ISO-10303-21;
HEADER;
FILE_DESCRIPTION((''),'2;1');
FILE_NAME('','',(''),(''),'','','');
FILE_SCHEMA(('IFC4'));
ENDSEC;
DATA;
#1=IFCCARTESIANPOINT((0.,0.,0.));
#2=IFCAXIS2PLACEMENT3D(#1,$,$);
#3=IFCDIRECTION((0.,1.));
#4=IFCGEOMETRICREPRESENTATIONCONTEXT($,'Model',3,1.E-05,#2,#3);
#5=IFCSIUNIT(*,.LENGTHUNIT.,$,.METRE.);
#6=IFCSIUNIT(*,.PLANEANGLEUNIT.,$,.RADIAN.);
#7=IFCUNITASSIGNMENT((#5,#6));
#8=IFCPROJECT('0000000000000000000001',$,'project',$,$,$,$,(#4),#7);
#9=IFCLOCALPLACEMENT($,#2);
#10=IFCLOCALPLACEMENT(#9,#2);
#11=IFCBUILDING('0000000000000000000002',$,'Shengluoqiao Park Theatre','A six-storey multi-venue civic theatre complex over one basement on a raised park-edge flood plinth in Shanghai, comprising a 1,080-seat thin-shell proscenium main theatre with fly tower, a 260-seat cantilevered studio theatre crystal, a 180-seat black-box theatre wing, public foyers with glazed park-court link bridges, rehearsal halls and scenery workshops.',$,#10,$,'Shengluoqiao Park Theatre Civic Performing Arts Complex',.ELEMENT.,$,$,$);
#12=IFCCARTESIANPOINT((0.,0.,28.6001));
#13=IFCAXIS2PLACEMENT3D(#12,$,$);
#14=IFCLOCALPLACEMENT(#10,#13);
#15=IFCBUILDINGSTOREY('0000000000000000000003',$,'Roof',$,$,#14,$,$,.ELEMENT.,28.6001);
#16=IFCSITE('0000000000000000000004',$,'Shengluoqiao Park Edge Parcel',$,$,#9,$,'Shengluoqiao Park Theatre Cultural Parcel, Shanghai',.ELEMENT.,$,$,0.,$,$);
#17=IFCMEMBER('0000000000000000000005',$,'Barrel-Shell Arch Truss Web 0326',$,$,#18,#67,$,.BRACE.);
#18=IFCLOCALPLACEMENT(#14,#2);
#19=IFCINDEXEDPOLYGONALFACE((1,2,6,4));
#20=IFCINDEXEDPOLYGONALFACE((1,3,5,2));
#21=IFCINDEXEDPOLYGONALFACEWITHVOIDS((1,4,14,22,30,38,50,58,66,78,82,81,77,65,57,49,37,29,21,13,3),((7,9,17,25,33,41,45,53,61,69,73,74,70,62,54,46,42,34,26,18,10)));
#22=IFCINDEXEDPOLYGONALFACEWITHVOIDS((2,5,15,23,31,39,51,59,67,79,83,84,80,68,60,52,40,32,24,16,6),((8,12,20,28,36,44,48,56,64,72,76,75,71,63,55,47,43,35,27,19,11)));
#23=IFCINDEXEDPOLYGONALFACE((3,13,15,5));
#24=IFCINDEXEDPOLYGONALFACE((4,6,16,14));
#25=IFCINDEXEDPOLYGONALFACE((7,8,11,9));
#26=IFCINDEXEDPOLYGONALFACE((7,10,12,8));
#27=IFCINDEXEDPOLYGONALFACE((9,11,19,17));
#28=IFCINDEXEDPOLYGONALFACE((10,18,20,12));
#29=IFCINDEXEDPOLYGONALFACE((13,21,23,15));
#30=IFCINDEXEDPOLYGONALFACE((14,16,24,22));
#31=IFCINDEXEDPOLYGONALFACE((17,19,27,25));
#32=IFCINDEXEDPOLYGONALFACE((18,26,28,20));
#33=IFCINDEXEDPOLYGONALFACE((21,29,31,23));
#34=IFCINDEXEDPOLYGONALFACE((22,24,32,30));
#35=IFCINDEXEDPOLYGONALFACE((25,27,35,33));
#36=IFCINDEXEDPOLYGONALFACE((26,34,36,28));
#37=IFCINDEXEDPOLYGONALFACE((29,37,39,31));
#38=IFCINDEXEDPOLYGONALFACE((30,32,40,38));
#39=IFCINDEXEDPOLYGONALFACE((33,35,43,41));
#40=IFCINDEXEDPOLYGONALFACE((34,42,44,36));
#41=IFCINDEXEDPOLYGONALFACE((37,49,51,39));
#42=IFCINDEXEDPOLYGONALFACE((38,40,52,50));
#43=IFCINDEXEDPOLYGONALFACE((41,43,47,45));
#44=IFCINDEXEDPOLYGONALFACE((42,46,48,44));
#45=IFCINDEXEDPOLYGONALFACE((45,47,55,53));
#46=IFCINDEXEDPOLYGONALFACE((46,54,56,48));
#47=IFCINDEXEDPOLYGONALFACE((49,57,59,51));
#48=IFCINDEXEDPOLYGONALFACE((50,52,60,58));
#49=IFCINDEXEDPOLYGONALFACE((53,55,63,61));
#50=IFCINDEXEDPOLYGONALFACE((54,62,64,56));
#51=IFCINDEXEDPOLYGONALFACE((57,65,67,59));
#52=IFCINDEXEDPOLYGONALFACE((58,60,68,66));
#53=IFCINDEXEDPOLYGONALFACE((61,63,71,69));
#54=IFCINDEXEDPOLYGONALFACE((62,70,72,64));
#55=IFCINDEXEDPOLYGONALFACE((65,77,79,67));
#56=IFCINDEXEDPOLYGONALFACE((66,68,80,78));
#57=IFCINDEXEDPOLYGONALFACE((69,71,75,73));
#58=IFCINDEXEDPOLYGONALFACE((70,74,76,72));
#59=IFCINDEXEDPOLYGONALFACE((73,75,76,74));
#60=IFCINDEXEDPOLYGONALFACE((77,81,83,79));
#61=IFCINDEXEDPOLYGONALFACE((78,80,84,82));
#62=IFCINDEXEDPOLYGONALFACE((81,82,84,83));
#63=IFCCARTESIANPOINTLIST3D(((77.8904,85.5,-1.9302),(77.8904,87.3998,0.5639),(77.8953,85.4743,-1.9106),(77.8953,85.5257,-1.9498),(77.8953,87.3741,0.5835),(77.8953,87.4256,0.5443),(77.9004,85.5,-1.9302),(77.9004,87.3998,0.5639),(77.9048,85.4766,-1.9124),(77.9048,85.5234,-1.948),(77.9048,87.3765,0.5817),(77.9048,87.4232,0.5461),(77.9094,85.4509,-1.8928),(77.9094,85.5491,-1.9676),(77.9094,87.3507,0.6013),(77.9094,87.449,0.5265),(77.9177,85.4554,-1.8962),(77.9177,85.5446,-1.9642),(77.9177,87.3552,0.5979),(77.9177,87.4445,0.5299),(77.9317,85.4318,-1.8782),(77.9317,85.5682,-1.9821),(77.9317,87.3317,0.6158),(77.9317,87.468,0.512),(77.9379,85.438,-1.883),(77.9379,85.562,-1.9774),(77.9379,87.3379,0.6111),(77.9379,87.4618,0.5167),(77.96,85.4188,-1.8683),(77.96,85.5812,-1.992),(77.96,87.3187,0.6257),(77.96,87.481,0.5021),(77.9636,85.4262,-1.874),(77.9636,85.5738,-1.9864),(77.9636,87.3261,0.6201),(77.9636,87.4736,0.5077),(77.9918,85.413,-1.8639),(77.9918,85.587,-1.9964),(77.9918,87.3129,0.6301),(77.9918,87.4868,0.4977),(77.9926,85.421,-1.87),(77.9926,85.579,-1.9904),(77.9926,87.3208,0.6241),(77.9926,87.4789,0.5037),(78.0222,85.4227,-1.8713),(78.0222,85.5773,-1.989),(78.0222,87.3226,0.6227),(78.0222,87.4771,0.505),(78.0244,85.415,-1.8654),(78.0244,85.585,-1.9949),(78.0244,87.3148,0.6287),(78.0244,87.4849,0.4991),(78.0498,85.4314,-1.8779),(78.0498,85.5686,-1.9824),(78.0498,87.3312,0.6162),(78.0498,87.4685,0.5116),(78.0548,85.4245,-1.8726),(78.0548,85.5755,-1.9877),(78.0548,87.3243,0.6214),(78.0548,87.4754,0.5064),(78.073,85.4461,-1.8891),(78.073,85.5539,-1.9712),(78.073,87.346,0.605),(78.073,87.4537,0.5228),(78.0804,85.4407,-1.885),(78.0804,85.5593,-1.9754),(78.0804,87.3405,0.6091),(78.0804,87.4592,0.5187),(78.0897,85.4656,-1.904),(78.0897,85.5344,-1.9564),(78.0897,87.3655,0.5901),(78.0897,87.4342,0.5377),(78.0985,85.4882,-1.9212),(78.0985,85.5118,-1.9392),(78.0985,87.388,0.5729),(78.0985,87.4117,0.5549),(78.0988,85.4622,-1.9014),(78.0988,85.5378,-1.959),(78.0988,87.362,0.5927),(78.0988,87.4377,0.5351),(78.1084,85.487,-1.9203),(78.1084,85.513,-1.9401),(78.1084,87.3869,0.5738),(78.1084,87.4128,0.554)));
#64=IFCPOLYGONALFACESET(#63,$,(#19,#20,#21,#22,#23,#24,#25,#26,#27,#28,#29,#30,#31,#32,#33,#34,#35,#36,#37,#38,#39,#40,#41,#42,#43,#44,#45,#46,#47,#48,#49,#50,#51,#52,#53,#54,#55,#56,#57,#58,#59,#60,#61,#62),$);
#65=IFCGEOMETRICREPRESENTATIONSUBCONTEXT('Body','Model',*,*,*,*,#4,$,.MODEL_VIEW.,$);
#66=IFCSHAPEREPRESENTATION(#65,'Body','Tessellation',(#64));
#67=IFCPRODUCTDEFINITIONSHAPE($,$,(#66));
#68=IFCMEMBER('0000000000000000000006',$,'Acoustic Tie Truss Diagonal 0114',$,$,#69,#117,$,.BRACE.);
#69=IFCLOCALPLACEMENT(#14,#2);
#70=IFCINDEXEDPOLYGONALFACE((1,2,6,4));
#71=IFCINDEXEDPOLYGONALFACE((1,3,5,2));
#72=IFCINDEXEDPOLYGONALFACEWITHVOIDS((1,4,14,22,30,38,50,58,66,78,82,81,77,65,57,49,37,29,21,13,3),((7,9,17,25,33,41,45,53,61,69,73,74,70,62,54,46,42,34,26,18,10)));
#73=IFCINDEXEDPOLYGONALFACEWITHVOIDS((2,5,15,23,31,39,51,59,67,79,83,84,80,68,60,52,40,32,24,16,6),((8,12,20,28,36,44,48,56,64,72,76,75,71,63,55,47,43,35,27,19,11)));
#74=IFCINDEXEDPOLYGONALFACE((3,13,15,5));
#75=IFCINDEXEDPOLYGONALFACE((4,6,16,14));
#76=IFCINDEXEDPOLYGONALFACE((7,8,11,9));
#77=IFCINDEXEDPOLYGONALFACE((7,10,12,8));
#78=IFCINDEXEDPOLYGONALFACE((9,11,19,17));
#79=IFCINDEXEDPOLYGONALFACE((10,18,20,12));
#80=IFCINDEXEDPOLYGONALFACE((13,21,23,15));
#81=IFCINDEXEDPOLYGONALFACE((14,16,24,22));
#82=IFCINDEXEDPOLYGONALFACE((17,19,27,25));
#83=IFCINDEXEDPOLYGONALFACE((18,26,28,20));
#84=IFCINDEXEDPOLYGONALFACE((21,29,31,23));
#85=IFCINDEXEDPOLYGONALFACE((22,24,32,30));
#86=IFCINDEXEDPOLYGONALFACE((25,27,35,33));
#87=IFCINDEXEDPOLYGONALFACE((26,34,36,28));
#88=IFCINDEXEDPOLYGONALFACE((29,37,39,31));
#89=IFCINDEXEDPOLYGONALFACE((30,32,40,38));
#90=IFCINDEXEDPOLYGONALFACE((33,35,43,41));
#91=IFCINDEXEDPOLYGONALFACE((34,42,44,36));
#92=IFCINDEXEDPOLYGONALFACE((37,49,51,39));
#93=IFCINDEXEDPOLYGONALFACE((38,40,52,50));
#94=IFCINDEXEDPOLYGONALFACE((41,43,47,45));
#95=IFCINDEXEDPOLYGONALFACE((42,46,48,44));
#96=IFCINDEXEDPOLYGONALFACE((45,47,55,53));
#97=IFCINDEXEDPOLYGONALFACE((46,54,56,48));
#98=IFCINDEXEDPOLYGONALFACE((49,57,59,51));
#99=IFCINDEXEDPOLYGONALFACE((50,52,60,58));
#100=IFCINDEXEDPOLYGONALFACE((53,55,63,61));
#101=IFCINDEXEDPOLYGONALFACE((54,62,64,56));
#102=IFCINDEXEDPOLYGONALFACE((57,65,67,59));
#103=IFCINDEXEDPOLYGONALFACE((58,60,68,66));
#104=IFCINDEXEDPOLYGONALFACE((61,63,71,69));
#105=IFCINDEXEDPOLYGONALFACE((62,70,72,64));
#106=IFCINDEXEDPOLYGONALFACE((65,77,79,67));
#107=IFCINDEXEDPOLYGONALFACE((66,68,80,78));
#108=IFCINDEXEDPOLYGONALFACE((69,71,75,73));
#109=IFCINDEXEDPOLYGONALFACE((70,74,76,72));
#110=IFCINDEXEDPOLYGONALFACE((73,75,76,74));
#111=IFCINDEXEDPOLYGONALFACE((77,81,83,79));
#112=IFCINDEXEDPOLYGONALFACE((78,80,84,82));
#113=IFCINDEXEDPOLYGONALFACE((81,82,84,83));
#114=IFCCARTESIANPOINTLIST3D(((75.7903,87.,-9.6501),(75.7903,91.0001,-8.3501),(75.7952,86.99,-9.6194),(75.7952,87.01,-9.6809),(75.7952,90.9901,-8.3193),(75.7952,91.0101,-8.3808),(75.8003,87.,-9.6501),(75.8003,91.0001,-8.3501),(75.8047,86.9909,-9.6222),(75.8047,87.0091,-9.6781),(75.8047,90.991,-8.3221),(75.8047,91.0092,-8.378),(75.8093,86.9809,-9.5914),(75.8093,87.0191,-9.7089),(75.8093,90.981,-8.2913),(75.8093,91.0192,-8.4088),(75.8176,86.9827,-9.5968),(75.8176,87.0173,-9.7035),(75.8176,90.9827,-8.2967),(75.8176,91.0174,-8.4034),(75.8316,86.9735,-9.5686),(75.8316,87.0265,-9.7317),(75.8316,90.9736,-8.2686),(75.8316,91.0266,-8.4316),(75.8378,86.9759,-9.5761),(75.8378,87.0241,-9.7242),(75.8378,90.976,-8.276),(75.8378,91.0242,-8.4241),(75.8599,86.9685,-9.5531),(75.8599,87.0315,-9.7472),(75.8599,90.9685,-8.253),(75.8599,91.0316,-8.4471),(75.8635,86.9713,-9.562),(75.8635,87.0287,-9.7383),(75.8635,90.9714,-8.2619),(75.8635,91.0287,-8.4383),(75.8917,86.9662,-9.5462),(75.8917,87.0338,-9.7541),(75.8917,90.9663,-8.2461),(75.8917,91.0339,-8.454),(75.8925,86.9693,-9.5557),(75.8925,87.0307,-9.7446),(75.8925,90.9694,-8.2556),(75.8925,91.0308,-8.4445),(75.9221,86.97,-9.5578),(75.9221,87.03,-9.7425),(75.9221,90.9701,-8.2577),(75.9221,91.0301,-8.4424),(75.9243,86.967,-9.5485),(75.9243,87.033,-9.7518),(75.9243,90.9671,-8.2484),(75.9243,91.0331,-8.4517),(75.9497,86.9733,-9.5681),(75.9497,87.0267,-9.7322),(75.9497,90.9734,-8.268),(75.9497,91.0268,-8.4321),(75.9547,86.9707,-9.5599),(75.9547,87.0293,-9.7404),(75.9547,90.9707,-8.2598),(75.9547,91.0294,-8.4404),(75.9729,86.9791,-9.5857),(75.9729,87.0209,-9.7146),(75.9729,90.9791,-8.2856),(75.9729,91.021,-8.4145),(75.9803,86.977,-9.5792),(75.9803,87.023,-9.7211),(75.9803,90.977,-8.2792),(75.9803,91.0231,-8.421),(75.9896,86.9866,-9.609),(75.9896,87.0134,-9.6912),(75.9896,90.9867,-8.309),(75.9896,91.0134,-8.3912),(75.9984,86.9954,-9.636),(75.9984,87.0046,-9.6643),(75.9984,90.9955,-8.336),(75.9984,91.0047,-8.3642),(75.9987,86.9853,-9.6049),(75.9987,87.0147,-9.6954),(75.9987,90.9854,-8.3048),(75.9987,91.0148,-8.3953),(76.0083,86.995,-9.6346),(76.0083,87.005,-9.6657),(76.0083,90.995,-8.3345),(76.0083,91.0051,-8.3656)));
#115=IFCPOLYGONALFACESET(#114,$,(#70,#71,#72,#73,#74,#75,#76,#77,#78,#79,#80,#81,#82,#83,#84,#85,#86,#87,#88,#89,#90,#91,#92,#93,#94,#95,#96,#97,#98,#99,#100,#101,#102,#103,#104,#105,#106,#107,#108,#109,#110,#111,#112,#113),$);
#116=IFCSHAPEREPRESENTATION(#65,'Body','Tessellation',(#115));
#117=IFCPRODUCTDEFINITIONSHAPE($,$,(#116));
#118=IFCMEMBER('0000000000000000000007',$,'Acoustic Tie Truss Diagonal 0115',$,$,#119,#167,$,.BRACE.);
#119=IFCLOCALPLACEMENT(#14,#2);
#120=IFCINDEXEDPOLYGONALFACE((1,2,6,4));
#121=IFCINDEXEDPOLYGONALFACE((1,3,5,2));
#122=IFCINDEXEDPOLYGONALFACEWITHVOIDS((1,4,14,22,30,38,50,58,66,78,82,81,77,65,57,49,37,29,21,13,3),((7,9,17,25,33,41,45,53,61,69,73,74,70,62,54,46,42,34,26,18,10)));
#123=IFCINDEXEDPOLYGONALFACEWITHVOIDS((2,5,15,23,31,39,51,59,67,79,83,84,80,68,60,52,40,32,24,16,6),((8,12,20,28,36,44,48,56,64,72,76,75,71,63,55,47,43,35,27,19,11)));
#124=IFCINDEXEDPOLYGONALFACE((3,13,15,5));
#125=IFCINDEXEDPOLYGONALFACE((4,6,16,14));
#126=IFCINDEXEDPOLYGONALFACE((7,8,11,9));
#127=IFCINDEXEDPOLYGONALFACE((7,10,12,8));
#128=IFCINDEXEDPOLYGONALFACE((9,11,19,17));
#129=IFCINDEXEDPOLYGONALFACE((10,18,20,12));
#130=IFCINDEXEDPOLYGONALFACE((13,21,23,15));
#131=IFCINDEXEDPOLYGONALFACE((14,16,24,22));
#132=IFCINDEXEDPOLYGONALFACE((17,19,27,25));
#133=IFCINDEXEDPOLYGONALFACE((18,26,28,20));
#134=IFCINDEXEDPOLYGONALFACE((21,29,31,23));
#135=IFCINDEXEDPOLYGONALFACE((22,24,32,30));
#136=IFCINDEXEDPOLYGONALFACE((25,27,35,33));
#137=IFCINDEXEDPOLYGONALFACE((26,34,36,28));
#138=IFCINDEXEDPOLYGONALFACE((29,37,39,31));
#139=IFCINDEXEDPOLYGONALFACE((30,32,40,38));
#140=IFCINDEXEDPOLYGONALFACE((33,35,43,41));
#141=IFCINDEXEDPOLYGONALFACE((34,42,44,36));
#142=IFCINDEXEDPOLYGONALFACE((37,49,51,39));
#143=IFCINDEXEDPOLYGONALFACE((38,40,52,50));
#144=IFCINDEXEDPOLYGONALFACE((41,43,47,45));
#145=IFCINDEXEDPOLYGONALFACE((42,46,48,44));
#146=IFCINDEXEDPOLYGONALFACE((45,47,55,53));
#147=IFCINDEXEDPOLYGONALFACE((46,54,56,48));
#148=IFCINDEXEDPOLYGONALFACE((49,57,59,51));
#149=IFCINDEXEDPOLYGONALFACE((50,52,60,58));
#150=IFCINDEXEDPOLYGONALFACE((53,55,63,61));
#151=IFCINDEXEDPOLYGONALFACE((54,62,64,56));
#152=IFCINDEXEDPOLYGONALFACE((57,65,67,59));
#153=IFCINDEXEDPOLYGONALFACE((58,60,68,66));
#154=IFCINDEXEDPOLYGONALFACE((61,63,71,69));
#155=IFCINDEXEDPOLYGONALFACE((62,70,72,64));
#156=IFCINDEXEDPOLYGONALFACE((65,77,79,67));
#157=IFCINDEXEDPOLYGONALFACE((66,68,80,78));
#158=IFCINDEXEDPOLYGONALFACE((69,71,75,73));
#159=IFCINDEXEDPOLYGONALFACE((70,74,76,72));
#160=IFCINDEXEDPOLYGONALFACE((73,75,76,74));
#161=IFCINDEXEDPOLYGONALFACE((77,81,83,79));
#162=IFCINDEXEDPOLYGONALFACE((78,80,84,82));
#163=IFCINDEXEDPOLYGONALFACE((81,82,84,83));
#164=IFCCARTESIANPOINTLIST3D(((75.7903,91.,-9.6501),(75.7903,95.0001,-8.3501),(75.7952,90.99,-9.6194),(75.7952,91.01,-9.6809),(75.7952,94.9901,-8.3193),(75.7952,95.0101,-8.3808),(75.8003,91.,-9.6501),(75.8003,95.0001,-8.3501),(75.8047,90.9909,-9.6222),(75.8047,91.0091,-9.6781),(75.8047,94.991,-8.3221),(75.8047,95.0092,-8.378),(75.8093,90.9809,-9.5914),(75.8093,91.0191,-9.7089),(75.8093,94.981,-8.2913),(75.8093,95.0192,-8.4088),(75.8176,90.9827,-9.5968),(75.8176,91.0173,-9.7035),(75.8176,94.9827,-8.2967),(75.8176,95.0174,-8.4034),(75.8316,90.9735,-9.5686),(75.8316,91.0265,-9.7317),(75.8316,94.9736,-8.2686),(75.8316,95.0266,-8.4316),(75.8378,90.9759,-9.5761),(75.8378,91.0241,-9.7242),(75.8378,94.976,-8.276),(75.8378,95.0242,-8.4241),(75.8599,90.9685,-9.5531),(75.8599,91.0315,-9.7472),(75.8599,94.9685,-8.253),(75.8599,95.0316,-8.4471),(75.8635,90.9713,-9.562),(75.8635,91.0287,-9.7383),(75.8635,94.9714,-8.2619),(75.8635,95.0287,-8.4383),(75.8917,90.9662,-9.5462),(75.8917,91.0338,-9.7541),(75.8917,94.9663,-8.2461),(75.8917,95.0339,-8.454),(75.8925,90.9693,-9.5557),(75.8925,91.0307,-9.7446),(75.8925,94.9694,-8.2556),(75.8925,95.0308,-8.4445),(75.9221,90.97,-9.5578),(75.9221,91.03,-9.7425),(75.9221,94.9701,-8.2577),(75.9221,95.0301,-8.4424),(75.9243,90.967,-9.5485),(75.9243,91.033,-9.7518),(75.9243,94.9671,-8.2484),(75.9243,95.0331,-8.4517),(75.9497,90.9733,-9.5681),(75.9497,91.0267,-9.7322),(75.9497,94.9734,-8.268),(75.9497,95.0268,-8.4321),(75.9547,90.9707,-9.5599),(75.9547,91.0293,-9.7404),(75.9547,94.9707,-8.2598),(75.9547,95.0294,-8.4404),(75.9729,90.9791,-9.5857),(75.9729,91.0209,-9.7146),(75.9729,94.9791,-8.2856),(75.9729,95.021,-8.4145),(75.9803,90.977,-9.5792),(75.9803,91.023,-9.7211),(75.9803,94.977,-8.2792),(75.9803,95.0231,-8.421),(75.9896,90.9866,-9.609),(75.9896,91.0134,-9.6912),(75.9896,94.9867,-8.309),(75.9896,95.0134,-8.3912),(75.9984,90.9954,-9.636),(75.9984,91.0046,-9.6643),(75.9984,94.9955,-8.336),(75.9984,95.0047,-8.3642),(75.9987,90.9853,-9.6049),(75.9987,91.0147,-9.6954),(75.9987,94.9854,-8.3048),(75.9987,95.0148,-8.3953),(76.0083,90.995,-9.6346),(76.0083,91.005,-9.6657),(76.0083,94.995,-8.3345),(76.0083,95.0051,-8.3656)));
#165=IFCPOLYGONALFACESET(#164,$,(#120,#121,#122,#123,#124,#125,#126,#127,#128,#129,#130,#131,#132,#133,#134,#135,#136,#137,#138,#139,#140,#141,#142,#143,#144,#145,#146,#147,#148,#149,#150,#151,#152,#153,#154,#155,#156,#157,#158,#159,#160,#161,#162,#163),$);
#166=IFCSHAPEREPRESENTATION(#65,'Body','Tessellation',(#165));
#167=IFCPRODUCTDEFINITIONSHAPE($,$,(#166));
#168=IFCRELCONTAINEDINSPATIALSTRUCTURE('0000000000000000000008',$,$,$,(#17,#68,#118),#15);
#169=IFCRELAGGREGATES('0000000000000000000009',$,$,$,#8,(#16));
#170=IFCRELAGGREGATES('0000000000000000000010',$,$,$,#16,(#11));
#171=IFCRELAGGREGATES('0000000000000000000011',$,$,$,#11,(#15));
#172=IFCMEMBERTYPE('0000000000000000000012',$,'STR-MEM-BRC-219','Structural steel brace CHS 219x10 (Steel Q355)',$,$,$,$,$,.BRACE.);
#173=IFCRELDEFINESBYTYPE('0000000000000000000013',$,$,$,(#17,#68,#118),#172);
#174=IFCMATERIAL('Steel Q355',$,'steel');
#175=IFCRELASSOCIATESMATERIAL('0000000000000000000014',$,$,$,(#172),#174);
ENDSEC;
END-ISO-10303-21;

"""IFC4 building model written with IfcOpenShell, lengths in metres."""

from ifc_helpers import new_model, si_unit, direction, frame, origin, origin_2d, place, context, subcontext, project, spatial, hollow_circle, extrude, material, material_profile, profile_set, type_object, element, save


model = new_model("IFC4")

# Units and contexts
model_context = context("Model", 3, precision=1e-05, world=origin(), true_north=direction((0.0, 1.0)))
body_context = subcontext(model_context, "Body", "Model", "MODEL_VIEW")
ifc_project = project(units=[si_unit("LENGTHUNIT", "METRE"), si_unit("PLANEANGLEUNIT", "RADIAN")], contexts=[model_context])

# Site, building, storey
site_placement = place(None, origin())
site = spatial("IfcSite", under=ifc_project, at=site_placement, Name="Shengluoqiao Park Edge Parcel", LongName="Shengluoqiao Park Theatre Cultural Parcel, Shanghai", CompositionType="ELEMENT", RefElevation=0.0)
building_placement = place(site_placement, origin())
building = spatial("IfcBuilding", under=site, at=building_placement, Name="Shengluoqiao Park Theatre", Description="A six-storey multi-venue civic theatre complex over one basement on a raised park-edge flood plinth in Shanghai, comprising a 1,080-seat thin-shell proscenium main theatre with fly tower, a 260-seat cantilevered studio theatre crystal, a 180-seat black-box theatre wing, public foyers with glazed park-court link bridges, rehearsal halls and scenery workshops.", LongName="Shengluoqiao Park Theatre Civic Performing Arts Complex", CompositionType="ELEMENT")
storey_placement = place(building_placement, frame((0.0, 0.0, 28.6001)))
storey = spatial("IfcBuildingStorey", under=building, at=storey_placement, Name="Roof", CompositionType="ELEMENT", Elevation=28.6001)

# Shared definitions
ifc_material = material(Name="Steel Q355", Category="steel")

# Members
ifc_material_profile_1 = material_profile(ifc_material, hollow_circle(Radius=0.1096, WallThickness=0.01, at=origin_2d()), Name="CHS 219x10")
ifc_profile_set_1 = profile_set([ifc_material_profile_1], Name="Steel Q355")
member_type_1 = type_object("IfcMemberType", Name="STR-MEM-BRC-219", Description="Structural steel brace CHS 219x10 (Steel Q355)", PredefinedType="BRACE", material=ifc_profile_set_1)
for number, where, z_axis, x_axis, name in (
    (1, (78.0, 85.5, -1.9302), (0.0, 0.605963, 0.795492), (-1.0, 0.0, 0.0), "Barrel-Shell Arch Truss Web 0326"),
):
    element("IfcMember", number, at=place(storey_placement, frame(where, z_axis=z_axis, x_axis=x_axis)), inside=storey, type_object=member_type_1, Name=name, PredefinedType="BRACE", context=body_context, shape_type="SweptSolid", body=[
        extrude(hollow_circle(Radius=0.1096, WallThickness=0.01, at=origin_2d()), origin(), (0.0, 0.0, 1.0), 3.1353),
    ])
for number, where, z_axis, x_axis, name in (
    (2, (75.8999, 87.0, -9.6501), (0.0, 0.951031, 0.309097), (-1.0, 0.0, 0.0), "Acoustic Tie Truss Diagonal 0114"),
    (3, (75.8999, 91.0, -9.6501), (0.0, 0.951031, 0.309097), (-1.0, 0.0, 0.0), "Acoustic Tie Truss Diagonal 0115"),
):
    element("IfcMember", number, at=place(storey_placement, frame(where, z_axis=z_axis, x_axis=x_axis)), inside=storey, type_object=member_type_1, Name=name, PredefinedType="BRACE", context=body_context, shape_type="SweptSolid", body=[
        extrude(hollow_circle(Radius=0.1096, WallThickness=0.01, at=origin_2d()), origin(), (0.0, 0.0, 1.0), 4.2061),
    ])

save(model, "model.ifc")
